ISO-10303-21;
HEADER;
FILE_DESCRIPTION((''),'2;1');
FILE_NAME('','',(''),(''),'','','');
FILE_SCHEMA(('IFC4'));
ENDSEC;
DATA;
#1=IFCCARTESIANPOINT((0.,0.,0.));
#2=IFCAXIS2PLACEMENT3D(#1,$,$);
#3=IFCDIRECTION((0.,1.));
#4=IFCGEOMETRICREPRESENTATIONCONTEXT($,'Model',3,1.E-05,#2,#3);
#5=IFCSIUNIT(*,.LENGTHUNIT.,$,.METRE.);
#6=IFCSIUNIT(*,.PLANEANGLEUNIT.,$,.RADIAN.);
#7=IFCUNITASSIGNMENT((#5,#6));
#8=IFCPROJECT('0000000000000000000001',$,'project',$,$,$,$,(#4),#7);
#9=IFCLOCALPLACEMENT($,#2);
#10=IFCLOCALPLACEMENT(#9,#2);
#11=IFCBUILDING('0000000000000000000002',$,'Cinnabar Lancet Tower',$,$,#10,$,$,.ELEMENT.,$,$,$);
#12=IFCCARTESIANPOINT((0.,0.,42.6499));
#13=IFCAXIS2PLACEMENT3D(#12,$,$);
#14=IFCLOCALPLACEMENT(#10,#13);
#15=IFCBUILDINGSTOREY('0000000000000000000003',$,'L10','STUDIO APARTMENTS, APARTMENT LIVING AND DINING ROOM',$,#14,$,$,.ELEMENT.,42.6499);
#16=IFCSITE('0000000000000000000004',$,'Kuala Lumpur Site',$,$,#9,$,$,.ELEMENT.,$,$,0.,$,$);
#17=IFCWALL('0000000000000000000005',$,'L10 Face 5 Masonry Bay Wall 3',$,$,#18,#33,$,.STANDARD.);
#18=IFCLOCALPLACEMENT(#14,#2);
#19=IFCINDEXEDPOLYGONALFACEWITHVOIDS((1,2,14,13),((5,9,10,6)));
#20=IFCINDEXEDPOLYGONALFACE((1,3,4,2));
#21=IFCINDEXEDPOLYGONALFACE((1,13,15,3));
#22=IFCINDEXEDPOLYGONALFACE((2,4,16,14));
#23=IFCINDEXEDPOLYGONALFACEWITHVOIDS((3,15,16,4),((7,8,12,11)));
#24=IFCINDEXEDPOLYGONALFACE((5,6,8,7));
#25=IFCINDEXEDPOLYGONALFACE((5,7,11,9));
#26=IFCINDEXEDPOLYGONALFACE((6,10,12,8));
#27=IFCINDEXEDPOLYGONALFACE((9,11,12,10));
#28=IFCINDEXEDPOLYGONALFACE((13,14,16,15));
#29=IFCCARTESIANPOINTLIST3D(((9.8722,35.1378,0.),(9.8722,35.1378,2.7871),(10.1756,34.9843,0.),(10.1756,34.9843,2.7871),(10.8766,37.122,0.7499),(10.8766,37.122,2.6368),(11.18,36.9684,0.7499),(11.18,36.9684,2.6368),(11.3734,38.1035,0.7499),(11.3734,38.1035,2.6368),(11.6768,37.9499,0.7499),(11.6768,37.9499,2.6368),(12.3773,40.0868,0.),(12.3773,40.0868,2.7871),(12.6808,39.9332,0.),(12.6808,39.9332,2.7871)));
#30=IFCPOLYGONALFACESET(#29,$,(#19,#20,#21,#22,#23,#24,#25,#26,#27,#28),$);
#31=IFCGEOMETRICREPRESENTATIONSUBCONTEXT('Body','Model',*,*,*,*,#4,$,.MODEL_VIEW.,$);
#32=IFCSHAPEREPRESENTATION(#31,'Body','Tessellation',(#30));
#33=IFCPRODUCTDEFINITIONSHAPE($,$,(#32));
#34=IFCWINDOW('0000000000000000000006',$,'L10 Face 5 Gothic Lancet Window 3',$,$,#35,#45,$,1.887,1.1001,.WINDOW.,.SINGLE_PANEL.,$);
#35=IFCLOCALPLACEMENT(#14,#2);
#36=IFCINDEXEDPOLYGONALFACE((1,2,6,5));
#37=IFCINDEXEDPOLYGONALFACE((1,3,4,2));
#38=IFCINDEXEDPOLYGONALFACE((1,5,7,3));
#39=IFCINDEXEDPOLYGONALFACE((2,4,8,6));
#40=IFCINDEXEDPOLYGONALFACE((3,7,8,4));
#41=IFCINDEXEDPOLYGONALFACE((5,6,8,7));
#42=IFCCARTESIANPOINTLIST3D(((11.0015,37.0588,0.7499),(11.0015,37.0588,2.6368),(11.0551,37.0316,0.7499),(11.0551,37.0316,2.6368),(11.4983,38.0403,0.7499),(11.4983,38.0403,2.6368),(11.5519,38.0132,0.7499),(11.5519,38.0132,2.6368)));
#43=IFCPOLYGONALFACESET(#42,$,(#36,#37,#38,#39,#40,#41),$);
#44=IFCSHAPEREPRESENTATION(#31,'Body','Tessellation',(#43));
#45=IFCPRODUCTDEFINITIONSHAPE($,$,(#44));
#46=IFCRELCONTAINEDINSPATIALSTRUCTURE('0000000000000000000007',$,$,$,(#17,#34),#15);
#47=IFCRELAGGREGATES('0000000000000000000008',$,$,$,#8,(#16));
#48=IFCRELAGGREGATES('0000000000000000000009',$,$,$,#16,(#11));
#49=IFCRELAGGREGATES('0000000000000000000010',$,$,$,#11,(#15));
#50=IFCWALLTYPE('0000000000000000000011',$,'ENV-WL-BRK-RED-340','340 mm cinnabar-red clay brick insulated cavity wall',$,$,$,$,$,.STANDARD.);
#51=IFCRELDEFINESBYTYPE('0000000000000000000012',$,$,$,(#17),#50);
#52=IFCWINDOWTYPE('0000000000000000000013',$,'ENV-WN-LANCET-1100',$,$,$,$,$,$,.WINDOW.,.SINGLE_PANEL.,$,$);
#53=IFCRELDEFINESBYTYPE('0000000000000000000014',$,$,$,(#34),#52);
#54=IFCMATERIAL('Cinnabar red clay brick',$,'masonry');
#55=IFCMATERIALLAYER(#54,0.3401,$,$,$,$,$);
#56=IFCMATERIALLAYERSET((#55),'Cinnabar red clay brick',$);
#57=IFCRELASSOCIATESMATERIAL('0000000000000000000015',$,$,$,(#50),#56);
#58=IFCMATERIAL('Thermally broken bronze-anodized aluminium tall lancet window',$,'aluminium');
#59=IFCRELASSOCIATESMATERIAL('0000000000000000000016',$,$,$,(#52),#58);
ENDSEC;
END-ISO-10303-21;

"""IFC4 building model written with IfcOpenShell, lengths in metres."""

from ifc_helpers import new_model, si_unit, direction, frame, frame_2d, origin, place, context, subcontext, project, spatial, rectangle, extrude, material, layer, layer_set, type_object, element, fill, save


model = new_model("IFC4")

# Units and contexts
model_context = context("Model", 3, precision=1e-05, world=origin(), true_north=direction((0.0, 1.0)))
body_context = subcontext(model_context, "Body", "Model", "MODEL_VIEW")
ifc_project = project(units=[si_unit("LENGTHUNIT", "METRE"), si_unit("PLANEANGLEUNIT", "RADIAN")], contexts=[model_context])

# Site, building, storey
site_placement = place(None, origin())
site = spatial("IfcSite", under=ifc_project, at=site_placement, Name="Kuala Lumpur Site", CompositionType="ELEMENT", RefElevation=0.0)
building_placement = place(site_placement, origin())
building = spatial("IfcBuilding", under=site, at=building_placement, Name="Cinnabar Lancet Tower", CompositionType="ELEMENT")
storey_placement = place(building_placement, frame((0.0, 0.0, 42.6499)))
storey = spatial("IfcBuildingStorey", under=building, at=storey_placement, Name="L10", Description="STUDIO APARTMENTS, APARTMENT LIVING AND DINING ROOM", CompositionType="ELEMENT", Elevation=42.6499)

# Shared definitions
ifc_material_1 = material(Name="Cinnabar red clay brick", Category="masonry")
ifc_layer_1 = layer(ifc_material_1, 0.3401)
ifc_layer_set_1 = layer_set([ifc_layer_1], Name="Cinnabar red clay brick")
wall_type_1 = type_object("IfcWallType", Name="ENV-WL-BRK-RED-340", Description="340 mm cinnabar-red clay brick insulated cavity wall", PredefinedType="STANDARD", material=ifc_layer_set_1)

# Wall, opening, window
ifc_material_2 = material(Name="Thermally broken bronze-anodized aluminium tall lancet window", Category="aluminium")
window_type = type_object("IfcWindowType", Name="ENV-WN-LANCET-1100", PartitioningType="SINGLE_PANEL", PredefinedType="WINDOW", material=ifc_material_2)
wall_1_placement = place(storey_placement, frame((12.5291, 40.01, 0.0), z_axis=(0.0, 0.0, 1.0), x_axis=(-0.451627, -0.892207, 0.0)))
wall_1 = element("IfcWall", 1, at=wall_1_placement, inside=storey, type_object=wall_type_1, Name="L10 Face 5 Masonry Bay Wall 3", PredefinedType="STANDARD", context=body_context, shape_type="SweptSolid", body=[
    extrude(rectangle(XDim=5.5469, YDim=0.3401, at=frame_2d((2.7734, 0.0))), origin(), (0.0, 0.0, 1.0), 2.7871),
])
opening_1_placement = place(wall_1_placement, frame((2.2229, 0.0, 0.75)))
opening_1 = element("IfcOpeningElement", 2, at=opening_1_placement, cuts=wall_1, PredefinedType="OPENING", context=body_context, shape_type="SweptSolid", body=[
    extrude(rectangle(XDim=1.1001, YDim=1.887, at=frame_2d((0.55, 0.9434))), frame((0.0, 0.1799, 0.0), z_axis=(0.0, -1.0, 0.0), x_axis=(1.0, 0.0, 0.0)), (0.0, 0.0, 1.0), 0.3601),
])
window_1_placement = place(opening_1_placement, origin())
window_1 = element("IfcWindow", 3, at=window_1_placement, inside=storey, type_object=window_type, Name="L10 Face 5 Gothic Lancet Window 3", OverallHeight=1.887, OverallWidth=1.1001, PartitioningType="SINGLE_PANEL", PredefinedType="WINDOW", context=body_context, shape_type="SweptSolid", body=[
    extrude(rectangle(XDim=1.1001, YDim=1.887, at=frame_2d((0.55, 0.9434))), frame((0.0, 0.03, 0.0), z_axis=(0.0, -1.0, 0.0), x_axis=(1.0, 0.0, 0.0)), (0.0, 0.0, 1.0), 0.0601),
])
fill(opening_1, window_1)

save(model, "model.ifc")
